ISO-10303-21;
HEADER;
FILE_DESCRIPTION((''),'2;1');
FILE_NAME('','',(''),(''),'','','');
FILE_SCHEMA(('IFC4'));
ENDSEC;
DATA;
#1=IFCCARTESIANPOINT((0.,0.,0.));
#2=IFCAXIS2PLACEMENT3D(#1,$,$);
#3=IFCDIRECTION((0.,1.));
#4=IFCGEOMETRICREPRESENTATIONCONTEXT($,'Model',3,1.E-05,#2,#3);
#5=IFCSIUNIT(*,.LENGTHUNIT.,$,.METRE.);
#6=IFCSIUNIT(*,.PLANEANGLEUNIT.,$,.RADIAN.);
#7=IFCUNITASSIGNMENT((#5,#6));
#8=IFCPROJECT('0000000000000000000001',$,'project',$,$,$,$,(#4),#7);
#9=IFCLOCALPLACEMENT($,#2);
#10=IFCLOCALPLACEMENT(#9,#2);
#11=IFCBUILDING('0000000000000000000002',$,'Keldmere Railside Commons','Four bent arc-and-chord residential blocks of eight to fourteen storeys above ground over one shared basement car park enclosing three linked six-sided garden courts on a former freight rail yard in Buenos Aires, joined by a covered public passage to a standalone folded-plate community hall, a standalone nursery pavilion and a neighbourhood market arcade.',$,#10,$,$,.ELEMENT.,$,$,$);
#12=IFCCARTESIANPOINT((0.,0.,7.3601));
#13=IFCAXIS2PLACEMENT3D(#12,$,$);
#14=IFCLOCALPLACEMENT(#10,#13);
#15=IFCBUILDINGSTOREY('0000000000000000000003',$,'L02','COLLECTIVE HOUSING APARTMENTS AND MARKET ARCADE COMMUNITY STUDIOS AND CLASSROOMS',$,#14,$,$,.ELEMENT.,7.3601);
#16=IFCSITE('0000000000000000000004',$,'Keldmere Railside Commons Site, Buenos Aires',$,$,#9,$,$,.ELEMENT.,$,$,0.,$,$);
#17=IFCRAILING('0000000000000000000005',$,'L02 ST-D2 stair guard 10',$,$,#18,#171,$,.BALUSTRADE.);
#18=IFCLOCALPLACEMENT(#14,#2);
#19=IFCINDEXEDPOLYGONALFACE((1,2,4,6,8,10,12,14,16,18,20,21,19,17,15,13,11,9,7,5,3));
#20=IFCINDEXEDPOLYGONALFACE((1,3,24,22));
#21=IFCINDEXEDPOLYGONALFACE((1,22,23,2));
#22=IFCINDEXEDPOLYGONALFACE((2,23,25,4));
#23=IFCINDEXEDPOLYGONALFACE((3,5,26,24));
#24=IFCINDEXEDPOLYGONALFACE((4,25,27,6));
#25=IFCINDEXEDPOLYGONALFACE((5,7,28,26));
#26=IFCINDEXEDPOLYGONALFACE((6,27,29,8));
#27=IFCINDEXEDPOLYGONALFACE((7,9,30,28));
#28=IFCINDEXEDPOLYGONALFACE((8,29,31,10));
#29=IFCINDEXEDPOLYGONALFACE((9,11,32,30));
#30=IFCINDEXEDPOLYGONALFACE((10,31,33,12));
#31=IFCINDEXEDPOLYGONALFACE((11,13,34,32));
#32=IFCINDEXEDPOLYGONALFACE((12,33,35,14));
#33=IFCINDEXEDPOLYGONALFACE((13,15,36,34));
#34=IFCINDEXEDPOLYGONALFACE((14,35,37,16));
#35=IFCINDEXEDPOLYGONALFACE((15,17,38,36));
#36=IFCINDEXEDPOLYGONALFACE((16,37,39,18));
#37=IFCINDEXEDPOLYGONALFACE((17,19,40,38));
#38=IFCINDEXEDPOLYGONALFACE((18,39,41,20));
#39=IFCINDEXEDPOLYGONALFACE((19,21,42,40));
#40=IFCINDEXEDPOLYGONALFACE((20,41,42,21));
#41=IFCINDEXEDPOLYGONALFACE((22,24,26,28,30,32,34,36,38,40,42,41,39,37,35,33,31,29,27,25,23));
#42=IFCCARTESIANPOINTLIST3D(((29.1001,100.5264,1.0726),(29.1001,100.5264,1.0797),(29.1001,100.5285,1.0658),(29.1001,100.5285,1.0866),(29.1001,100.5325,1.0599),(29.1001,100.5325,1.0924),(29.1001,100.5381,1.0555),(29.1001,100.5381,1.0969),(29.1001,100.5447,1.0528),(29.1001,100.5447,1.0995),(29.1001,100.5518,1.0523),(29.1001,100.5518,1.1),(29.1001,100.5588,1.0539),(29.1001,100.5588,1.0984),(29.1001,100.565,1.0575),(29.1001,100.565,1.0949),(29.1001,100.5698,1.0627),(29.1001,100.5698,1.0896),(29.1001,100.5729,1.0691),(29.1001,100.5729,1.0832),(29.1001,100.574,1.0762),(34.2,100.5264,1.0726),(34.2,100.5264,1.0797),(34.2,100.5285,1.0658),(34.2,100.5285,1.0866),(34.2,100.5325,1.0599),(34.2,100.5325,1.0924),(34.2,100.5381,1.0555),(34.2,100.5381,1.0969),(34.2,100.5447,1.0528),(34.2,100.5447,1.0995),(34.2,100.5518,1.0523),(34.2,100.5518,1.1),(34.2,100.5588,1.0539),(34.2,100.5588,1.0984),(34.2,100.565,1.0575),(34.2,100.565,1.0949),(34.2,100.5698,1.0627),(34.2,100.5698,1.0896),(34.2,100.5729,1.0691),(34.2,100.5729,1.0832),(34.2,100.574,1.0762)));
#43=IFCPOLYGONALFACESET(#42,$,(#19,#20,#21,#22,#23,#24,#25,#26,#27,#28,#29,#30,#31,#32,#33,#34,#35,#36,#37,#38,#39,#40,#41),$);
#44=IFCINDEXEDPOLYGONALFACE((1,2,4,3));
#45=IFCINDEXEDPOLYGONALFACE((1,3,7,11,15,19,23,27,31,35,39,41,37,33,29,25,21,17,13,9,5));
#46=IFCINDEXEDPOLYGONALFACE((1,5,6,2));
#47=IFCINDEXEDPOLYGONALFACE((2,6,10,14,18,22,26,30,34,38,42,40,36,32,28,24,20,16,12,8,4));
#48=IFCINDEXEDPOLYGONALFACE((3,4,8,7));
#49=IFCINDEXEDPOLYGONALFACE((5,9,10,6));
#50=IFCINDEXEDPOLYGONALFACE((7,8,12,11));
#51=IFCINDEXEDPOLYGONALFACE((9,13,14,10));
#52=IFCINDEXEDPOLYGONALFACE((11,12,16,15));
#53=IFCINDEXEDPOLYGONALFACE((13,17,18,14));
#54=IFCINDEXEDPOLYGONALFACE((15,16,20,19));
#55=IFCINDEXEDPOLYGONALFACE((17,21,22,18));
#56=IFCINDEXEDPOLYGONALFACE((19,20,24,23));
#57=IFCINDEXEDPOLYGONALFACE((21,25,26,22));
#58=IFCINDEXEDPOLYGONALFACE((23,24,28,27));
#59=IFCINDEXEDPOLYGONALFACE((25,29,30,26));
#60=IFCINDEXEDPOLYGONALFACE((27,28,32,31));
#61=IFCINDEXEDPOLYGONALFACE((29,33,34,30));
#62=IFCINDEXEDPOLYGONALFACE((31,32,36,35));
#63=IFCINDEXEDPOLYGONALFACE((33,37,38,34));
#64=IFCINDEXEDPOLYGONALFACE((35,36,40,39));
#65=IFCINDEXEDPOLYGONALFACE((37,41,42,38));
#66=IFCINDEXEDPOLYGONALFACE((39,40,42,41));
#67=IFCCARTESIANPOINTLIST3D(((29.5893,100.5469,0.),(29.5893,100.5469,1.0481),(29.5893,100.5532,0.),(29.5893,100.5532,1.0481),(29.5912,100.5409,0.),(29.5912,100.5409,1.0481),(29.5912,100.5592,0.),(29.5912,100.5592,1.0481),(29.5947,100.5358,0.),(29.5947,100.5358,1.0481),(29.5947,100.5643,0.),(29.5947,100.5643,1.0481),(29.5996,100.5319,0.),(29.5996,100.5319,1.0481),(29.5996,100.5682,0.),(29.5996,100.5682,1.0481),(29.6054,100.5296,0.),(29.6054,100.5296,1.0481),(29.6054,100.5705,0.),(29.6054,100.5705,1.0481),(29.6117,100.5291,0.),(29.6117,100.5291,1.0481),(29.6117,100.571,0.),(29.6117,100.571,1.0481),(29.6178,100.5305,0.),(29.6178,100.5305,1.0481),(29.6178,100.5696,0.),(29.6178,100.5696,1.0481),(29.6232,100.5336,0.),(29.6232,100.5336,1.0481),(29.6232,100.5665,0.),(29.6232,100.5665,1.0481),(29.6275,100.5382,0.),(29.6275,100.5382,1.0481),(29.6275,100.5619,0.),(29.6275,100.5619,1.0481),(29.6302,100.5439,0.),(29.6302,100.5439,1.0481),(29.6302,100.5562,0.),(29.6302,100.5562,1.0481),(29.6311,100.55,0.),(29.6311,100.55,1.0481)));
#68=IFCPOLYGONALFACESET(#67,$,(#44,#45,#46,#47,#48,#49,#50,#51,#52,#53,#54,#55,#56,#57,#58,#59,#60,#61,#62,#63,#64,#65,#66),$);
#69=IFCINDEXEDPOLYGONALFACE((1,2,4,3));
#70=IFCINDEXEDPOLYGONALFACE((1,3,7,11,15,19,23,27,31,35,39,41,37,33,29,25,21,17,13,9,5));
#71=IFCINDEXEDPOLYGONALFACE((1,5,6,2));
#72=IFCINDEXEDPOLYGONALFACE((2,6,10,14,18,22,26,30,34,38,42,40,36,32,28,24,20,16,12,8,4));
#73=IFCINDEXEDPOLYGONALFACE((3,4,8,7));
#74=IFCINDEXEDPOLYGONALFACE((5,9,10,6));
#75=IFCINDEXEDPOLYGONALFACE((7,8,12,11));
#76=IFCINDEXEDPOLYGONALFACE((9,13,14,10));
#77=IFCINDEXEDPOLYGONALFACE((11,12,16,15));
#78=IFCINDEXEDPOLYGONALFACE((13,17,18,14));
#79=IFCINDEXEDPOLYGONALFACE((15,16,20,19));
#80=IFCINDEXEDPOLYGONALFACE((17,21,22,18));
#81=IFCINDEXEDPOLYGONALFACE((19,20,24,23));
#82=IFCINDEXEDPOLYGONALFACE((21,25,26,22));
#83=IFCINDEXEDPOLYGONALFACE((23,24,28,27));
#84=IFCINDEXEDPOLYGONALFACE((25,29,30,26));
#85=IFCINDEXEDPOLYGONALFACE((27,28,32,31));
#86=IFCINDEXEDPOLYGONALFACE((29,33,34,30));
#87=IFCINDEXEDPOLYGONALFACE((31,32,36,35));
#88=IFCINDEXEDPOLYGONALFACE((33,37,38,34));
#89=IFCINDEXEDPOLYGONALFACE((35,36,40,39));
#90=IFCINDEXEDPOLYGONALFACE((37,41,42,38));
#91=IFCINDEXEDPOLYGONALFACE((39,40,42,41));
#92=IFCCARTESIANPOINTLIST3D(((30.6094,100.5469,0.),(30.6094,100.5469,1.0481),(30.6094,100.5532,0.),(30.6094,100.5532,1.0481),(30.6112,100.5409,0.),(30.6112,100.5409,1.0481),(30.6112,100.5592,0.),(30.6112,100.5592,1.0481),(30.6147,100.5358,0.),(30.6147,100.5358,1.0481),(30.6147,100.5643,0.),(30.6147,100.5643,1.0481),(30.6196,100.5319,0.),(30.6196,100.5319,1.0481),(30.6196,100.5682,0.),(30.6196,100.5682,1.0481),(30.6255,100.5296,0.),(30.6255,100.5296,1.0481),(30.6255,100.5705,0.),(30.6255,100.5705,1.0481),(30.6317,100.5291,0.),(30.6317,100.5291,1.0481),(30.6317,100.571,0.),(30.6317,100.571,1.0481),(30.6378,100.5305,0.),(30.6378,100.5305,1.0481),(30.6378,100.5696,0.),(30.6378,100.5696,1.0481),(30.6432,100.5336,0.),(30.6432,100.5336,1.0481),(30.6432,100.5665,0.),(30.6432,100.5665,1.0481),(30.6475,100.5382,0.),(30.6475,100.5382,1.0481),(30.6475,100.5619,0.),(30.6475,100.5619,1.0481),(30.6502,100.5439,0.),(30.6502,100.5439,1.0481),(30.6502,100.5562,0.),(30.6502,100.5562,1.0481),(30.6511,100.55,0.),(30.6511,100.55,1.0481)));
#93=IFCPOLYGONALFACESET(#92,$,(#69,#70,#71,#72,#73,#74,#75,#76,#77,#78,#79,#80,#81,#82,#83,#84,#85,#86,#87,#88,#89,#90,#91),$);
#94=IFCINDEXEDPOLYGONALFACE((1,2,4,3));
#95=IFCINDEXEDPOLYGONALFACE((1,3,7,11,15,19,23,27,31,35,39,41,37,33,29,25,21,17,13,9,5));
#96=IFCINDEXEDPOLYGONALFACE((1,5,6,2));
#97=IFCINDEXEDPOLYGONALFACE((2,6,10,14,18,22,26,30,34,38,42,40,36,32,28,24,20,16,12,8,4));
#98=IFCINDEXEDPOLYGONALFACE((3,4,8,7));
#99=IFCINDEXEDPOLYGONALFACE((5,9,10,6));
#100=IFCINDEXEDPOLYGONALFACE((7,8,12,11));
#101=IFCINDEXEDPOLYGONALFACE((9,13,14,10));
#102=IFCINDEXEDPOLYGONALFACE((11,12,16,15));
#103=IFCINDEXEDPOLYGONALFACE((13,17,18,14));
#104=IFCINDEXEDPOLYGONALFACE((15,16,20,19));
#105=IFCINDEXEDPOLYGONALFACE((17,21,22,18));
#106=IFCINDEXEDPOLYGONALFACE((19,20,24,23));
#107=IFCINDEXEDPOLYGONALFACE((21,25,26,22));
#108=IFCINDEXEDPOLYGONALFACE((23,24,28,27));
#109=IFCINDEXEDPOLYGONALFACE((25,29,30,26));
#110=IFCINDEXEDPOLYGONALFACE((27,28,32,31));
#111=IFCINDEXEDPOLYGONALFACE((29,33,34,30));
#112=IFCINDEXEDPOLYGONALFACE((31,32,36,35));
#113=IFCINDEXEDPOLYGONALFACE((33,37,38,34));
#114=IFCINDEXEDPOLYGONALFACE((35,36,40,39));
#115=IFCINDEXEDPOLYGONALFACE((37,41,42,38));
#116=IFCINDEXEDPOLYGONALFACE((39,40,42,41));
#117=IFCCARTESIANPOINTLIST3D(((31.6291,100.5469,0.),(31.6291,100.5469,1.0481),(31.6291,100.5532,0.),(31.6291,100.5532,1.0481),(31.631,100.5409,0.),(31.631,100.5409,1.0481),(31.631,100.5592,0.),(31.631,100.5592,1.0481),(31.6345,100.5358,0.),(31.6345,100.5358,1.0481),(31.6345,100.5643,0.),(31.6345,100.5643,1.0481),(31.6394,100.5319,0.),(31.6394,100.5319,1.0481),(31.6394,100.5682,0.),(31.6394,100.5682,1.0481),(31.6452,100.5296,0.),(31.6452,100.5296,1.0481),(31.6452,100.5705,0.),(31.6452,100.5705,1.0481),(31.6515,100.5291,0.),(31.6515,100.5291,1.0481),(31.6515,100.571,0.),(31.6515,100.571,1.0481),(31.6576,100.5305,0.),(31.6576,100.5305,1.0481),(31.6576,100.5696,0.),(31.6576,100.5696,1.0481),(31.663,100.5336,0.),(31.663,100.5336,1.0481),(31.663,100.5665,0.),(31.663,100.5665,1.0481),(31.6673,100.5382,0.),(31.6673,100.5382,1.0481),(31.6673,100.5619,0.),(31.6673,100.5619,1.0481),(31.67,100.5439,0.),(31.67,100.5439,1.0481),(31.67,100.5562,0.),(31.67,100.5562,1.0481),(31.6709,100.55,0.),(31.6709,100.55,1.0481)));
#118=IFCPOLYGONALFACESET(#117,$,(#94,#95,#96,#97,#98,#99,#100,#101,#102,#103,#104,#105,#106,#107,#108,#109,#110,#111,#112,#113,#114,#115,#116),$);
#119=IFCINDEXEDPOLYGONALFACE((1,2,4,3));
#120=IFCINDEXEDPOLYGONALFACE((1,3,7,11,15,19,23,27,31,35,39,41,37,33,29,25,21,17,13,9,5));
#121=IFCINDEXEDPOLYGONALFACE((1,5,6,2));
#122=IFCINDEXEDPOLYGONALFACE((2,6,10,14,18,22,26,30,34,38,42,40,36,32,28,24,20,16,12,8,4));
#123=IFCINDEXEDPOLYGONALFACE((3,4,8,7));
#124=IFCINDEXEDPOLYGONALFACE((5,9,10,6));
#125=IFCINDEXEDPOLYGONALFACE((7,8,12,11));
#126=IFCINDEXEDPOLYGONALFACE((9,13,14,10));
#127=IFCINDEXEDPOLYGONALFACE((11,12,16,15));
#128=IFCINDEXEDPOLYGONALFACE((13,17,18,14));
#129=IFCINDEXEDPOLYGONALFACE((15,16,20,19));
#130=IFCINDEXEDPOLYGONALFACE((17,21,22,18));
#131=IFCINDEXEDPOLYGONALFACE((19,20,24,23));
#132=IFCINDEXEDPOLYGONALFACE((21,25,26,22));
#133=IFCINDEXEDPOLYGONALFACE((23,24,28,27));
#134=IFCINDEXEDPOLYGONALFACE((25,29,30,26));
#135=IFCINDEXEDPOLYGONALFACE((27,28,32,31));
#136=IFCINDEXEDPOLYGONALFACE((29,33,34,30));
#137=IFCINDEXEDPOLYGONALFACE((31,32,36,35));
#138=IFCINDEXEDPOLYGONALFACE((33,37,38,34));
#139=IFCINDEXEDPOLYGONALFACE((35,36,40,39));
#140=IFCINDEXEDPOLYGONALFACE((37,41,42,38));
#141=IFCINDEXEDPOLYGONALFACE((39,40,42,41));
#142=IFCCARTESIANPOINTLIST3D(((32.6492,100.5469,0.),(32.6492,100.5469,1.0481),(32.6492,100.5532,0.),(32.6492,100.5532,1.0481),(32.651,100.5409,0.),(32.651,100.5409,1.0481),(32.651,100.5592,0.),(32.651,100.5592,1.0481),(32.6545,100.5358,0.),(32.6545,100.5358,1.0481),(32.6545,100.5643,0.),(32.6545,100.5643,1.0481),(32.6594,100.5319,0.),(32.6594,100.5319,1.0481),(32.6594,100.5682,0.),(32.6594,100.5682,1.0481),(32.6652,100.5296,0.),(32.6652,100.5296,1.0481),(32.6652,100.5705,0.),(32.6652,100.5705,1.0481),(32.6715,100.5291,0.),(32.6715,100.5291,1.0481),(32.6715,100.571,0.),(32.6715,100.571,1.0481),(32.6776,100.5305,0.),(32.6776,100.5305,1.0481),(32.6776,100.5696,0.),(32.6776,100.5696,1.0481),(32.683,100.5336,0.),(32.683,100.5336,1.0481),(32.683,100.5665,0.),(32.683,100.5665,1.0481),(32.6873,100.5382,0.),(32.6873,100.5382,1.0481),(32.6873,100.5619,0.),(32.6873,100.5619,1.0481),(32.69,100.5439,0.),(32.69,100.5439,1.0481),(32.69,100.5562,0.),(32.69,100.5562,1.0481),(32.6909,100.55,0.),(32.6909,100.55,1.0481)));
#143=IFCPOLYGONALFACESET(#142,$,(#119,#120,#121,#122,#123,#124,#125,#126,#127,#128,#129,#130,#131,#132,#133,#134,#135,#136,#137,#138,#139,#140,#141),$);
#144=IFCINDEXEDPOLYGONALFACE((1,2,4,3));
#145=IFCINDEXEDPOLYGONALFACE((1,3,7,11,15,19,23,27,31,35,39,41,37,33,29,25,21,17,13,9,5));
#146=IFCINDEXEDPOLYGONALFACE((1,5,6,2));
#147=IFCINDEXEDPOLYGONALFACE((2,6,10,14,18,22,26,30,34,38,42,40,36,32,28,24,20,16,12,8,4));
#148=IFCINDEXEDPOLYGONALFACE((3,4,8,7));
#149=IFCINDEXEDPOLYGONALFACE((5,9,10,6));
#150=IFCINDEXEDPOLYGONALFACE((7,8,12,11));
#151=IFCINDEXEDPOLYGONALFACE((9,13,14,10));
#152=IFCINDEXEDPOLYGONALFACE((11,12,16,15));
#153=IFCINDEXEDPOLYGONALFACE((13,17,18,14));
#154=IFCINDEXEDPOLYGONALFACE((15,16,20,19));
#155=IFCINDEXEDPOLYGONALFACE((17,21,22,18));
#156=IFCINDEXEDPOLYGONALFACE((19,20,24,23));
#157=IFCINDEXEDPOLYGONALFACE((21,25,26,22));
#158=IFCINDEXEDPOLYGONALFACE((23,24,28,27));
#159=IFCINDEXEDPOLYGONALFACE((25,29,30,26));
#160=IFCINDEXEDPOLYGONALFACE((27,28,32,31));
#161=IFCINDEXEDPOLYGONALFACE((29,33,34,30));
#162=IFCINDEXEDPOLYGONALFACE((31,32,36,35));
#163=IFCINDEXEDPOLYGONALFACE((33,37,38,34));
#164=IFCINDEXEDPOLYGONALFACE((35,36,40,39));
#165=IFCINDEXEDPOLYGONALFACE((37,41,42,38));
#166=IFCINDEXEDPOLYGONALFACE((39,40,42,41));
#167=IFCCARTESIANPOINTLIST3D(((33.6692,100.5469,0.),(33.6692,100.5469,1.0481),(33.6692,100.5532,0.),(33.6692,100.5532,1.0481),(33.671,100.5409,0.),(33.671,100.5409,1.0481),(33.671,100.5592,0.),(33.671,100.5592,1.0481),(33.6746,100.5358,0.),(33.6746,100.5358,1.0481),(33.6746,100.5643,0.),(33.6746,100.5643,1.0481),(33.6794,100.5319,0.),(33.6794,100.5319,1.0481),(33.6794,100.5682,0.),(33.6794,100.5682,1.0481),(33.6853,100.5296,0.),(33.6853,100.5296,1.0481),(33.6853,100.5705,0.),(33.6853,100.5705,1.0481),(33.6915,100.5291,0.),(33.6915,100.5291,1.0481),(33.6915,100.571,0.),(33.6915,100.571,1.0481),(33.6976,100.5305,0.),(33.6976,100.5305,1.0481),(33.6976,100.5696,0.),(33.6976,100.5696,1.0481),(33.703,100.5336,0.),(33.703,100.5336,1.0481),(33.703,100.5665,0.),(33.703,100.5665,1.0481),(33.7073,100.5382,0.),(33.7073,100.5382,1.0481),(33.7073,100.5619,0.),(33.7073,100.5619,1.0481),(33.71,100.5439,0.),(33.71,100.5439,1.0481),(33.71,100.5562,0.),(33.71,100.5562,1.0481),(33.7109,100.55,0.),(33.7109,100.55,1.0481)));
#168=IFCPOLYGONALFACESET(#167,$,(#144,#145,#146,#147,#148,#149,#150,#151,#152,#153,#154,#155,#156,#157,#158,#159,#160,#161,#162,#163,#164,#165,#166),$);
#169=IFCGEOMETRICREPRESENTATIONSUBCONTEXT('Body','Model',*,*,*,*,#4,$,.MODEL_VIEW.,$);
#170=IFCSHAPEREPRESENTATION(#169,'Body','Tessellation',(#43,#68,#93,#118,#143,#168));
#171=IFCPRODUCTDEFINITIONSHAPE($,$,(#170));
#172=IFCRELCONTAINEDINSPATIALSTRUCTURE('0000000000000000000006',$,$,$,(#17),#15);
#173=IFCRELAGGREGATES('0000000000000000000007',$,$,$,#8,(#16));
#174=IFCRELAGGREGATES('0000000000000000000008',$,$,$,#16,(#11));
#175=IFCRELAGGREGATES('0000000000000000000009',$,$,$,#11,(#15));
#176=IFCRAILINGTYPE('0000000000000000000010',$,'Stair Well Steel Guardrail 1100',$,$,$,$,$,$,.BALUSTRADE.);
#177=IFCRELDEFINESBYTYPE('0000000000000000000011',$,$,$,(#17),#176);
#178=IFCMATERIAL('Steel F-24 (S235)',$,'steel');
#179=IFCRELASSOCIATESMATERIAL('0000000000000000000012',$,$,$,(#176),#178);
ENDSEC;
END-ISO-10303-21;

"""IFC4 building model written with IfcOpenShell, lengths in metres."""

from ifc_helpers import new_model, si_unit, direction, frame, origin, origin_2d, place, context, subcontext, project, spatial, circle, extrude, material, type_object, element, save


model = new_model("IFC4")

# Units and contexts
model_context = context("Model", 3, precision=1e-05, world=origin(), true_north=direction((0.0, 1.0)))
body_context = subcontext(model_context, "Body", "Model", "MODEL_VIEW")
ifc_project = project(units=[si_unit("LENGTHUNIT", "METRE"), si_unit("PLANEANGLEUNIT", "RADIAN")], contexts=[model_context])

# Site, building, storey
site_placement = place(None, origin())
site = spatial("IfcSite", under=ifc_project, at=site_placement, Name="Keldmere Railside Commons Site, Buenos Aires", CompositionType="ELEMENT", RefElevation=0.0)
building_placement = place(site_placement, origin())
building = spatial("IfcBuilding", under=site, at=building_placement, Name="Keldmere Railside Commons", Description="Four bent arc-and-chord residential blocks of eight to fourteen storeys above ground over one shared basement car park enclosing three linked six-sided garden courts on a former freight rail yard in Buenos Aires, joined by a covered public passage to a standalone folded-plate community hall, a standalone nursery pavilion and a neighbourhood market arcade.", CompositionType="ELEMENT")
storey_placement = place(building_placement, frame((0.0, 0.0, 7.3601)))
storey = spatial("IfcBuildingStorey", under=building, at=storey_placement, Name="L02", Description="COLLECTIVE HOUSING APARTMENTS AND MARKET ARCADE COMMUNITY STUDIOS AND CLASSROOMS", CompositionType="ELEMENT", Elevation=7.3601)

# Railing
ifc_material_1 = material(Name="Steel F-24 (S235)", Category="steel")
railing_type = type_object("IfcRailingType", Name="Stair Well Steel Guardrail 1100", PredefinedType="BALUSTRADE", material=ifc_material_1)
railing_placement = place(storey_placement, frame((29.1001, 100.55, 0.0)))
element("IfcRailing", 1, at=railing_placement, inside=storey, type_object=railing_type, Name="L02 ST-D2 stair guard 10", PredefinedType="BALUSTRADE", context=body_context, shape_type="SweptSolid", body=[
    extrude(circle(Radius=0.0239, at=origin_2d()), frame((0.0, 0.0, 1.0762), z_axis=(1.0, 0.0, 0.0), x_axis=(0.0, 1.0, 0.0)), (0.0, 0.0, 1.0), 5.0999),
    extrude(circle(Radius=0.021, at=origin_2d()), frame((0.51, 0.0, 0.0)), (0.0, 0.0, 1.0), 1.0481),
    extrude(circle(Radius=0.021, at=origin_2d()), frame((1.53, 0.0, 0.0)), (0.0, 0.0, 1.0), 1.0481),
    extrude(circle(Radius=0.021, at=origin_2d()), frame((2.5498, 0.0, 0.0)), (0.0, 0.0, 1.0), 1.0481),
    extrude(circle(Radius=0.021, at=origin_2d()), frame((3.5698, 0.0, 0.0)), (0.0, 0.0, 1.0), 1.0481),
    extrude(circle(Radius=0.021, at=origin_2d()), frame((4.5898, 0.0, 0.0)), (0.0, 0.0, 1.0), 1.0481),
])

save(model, "model.ifc")
